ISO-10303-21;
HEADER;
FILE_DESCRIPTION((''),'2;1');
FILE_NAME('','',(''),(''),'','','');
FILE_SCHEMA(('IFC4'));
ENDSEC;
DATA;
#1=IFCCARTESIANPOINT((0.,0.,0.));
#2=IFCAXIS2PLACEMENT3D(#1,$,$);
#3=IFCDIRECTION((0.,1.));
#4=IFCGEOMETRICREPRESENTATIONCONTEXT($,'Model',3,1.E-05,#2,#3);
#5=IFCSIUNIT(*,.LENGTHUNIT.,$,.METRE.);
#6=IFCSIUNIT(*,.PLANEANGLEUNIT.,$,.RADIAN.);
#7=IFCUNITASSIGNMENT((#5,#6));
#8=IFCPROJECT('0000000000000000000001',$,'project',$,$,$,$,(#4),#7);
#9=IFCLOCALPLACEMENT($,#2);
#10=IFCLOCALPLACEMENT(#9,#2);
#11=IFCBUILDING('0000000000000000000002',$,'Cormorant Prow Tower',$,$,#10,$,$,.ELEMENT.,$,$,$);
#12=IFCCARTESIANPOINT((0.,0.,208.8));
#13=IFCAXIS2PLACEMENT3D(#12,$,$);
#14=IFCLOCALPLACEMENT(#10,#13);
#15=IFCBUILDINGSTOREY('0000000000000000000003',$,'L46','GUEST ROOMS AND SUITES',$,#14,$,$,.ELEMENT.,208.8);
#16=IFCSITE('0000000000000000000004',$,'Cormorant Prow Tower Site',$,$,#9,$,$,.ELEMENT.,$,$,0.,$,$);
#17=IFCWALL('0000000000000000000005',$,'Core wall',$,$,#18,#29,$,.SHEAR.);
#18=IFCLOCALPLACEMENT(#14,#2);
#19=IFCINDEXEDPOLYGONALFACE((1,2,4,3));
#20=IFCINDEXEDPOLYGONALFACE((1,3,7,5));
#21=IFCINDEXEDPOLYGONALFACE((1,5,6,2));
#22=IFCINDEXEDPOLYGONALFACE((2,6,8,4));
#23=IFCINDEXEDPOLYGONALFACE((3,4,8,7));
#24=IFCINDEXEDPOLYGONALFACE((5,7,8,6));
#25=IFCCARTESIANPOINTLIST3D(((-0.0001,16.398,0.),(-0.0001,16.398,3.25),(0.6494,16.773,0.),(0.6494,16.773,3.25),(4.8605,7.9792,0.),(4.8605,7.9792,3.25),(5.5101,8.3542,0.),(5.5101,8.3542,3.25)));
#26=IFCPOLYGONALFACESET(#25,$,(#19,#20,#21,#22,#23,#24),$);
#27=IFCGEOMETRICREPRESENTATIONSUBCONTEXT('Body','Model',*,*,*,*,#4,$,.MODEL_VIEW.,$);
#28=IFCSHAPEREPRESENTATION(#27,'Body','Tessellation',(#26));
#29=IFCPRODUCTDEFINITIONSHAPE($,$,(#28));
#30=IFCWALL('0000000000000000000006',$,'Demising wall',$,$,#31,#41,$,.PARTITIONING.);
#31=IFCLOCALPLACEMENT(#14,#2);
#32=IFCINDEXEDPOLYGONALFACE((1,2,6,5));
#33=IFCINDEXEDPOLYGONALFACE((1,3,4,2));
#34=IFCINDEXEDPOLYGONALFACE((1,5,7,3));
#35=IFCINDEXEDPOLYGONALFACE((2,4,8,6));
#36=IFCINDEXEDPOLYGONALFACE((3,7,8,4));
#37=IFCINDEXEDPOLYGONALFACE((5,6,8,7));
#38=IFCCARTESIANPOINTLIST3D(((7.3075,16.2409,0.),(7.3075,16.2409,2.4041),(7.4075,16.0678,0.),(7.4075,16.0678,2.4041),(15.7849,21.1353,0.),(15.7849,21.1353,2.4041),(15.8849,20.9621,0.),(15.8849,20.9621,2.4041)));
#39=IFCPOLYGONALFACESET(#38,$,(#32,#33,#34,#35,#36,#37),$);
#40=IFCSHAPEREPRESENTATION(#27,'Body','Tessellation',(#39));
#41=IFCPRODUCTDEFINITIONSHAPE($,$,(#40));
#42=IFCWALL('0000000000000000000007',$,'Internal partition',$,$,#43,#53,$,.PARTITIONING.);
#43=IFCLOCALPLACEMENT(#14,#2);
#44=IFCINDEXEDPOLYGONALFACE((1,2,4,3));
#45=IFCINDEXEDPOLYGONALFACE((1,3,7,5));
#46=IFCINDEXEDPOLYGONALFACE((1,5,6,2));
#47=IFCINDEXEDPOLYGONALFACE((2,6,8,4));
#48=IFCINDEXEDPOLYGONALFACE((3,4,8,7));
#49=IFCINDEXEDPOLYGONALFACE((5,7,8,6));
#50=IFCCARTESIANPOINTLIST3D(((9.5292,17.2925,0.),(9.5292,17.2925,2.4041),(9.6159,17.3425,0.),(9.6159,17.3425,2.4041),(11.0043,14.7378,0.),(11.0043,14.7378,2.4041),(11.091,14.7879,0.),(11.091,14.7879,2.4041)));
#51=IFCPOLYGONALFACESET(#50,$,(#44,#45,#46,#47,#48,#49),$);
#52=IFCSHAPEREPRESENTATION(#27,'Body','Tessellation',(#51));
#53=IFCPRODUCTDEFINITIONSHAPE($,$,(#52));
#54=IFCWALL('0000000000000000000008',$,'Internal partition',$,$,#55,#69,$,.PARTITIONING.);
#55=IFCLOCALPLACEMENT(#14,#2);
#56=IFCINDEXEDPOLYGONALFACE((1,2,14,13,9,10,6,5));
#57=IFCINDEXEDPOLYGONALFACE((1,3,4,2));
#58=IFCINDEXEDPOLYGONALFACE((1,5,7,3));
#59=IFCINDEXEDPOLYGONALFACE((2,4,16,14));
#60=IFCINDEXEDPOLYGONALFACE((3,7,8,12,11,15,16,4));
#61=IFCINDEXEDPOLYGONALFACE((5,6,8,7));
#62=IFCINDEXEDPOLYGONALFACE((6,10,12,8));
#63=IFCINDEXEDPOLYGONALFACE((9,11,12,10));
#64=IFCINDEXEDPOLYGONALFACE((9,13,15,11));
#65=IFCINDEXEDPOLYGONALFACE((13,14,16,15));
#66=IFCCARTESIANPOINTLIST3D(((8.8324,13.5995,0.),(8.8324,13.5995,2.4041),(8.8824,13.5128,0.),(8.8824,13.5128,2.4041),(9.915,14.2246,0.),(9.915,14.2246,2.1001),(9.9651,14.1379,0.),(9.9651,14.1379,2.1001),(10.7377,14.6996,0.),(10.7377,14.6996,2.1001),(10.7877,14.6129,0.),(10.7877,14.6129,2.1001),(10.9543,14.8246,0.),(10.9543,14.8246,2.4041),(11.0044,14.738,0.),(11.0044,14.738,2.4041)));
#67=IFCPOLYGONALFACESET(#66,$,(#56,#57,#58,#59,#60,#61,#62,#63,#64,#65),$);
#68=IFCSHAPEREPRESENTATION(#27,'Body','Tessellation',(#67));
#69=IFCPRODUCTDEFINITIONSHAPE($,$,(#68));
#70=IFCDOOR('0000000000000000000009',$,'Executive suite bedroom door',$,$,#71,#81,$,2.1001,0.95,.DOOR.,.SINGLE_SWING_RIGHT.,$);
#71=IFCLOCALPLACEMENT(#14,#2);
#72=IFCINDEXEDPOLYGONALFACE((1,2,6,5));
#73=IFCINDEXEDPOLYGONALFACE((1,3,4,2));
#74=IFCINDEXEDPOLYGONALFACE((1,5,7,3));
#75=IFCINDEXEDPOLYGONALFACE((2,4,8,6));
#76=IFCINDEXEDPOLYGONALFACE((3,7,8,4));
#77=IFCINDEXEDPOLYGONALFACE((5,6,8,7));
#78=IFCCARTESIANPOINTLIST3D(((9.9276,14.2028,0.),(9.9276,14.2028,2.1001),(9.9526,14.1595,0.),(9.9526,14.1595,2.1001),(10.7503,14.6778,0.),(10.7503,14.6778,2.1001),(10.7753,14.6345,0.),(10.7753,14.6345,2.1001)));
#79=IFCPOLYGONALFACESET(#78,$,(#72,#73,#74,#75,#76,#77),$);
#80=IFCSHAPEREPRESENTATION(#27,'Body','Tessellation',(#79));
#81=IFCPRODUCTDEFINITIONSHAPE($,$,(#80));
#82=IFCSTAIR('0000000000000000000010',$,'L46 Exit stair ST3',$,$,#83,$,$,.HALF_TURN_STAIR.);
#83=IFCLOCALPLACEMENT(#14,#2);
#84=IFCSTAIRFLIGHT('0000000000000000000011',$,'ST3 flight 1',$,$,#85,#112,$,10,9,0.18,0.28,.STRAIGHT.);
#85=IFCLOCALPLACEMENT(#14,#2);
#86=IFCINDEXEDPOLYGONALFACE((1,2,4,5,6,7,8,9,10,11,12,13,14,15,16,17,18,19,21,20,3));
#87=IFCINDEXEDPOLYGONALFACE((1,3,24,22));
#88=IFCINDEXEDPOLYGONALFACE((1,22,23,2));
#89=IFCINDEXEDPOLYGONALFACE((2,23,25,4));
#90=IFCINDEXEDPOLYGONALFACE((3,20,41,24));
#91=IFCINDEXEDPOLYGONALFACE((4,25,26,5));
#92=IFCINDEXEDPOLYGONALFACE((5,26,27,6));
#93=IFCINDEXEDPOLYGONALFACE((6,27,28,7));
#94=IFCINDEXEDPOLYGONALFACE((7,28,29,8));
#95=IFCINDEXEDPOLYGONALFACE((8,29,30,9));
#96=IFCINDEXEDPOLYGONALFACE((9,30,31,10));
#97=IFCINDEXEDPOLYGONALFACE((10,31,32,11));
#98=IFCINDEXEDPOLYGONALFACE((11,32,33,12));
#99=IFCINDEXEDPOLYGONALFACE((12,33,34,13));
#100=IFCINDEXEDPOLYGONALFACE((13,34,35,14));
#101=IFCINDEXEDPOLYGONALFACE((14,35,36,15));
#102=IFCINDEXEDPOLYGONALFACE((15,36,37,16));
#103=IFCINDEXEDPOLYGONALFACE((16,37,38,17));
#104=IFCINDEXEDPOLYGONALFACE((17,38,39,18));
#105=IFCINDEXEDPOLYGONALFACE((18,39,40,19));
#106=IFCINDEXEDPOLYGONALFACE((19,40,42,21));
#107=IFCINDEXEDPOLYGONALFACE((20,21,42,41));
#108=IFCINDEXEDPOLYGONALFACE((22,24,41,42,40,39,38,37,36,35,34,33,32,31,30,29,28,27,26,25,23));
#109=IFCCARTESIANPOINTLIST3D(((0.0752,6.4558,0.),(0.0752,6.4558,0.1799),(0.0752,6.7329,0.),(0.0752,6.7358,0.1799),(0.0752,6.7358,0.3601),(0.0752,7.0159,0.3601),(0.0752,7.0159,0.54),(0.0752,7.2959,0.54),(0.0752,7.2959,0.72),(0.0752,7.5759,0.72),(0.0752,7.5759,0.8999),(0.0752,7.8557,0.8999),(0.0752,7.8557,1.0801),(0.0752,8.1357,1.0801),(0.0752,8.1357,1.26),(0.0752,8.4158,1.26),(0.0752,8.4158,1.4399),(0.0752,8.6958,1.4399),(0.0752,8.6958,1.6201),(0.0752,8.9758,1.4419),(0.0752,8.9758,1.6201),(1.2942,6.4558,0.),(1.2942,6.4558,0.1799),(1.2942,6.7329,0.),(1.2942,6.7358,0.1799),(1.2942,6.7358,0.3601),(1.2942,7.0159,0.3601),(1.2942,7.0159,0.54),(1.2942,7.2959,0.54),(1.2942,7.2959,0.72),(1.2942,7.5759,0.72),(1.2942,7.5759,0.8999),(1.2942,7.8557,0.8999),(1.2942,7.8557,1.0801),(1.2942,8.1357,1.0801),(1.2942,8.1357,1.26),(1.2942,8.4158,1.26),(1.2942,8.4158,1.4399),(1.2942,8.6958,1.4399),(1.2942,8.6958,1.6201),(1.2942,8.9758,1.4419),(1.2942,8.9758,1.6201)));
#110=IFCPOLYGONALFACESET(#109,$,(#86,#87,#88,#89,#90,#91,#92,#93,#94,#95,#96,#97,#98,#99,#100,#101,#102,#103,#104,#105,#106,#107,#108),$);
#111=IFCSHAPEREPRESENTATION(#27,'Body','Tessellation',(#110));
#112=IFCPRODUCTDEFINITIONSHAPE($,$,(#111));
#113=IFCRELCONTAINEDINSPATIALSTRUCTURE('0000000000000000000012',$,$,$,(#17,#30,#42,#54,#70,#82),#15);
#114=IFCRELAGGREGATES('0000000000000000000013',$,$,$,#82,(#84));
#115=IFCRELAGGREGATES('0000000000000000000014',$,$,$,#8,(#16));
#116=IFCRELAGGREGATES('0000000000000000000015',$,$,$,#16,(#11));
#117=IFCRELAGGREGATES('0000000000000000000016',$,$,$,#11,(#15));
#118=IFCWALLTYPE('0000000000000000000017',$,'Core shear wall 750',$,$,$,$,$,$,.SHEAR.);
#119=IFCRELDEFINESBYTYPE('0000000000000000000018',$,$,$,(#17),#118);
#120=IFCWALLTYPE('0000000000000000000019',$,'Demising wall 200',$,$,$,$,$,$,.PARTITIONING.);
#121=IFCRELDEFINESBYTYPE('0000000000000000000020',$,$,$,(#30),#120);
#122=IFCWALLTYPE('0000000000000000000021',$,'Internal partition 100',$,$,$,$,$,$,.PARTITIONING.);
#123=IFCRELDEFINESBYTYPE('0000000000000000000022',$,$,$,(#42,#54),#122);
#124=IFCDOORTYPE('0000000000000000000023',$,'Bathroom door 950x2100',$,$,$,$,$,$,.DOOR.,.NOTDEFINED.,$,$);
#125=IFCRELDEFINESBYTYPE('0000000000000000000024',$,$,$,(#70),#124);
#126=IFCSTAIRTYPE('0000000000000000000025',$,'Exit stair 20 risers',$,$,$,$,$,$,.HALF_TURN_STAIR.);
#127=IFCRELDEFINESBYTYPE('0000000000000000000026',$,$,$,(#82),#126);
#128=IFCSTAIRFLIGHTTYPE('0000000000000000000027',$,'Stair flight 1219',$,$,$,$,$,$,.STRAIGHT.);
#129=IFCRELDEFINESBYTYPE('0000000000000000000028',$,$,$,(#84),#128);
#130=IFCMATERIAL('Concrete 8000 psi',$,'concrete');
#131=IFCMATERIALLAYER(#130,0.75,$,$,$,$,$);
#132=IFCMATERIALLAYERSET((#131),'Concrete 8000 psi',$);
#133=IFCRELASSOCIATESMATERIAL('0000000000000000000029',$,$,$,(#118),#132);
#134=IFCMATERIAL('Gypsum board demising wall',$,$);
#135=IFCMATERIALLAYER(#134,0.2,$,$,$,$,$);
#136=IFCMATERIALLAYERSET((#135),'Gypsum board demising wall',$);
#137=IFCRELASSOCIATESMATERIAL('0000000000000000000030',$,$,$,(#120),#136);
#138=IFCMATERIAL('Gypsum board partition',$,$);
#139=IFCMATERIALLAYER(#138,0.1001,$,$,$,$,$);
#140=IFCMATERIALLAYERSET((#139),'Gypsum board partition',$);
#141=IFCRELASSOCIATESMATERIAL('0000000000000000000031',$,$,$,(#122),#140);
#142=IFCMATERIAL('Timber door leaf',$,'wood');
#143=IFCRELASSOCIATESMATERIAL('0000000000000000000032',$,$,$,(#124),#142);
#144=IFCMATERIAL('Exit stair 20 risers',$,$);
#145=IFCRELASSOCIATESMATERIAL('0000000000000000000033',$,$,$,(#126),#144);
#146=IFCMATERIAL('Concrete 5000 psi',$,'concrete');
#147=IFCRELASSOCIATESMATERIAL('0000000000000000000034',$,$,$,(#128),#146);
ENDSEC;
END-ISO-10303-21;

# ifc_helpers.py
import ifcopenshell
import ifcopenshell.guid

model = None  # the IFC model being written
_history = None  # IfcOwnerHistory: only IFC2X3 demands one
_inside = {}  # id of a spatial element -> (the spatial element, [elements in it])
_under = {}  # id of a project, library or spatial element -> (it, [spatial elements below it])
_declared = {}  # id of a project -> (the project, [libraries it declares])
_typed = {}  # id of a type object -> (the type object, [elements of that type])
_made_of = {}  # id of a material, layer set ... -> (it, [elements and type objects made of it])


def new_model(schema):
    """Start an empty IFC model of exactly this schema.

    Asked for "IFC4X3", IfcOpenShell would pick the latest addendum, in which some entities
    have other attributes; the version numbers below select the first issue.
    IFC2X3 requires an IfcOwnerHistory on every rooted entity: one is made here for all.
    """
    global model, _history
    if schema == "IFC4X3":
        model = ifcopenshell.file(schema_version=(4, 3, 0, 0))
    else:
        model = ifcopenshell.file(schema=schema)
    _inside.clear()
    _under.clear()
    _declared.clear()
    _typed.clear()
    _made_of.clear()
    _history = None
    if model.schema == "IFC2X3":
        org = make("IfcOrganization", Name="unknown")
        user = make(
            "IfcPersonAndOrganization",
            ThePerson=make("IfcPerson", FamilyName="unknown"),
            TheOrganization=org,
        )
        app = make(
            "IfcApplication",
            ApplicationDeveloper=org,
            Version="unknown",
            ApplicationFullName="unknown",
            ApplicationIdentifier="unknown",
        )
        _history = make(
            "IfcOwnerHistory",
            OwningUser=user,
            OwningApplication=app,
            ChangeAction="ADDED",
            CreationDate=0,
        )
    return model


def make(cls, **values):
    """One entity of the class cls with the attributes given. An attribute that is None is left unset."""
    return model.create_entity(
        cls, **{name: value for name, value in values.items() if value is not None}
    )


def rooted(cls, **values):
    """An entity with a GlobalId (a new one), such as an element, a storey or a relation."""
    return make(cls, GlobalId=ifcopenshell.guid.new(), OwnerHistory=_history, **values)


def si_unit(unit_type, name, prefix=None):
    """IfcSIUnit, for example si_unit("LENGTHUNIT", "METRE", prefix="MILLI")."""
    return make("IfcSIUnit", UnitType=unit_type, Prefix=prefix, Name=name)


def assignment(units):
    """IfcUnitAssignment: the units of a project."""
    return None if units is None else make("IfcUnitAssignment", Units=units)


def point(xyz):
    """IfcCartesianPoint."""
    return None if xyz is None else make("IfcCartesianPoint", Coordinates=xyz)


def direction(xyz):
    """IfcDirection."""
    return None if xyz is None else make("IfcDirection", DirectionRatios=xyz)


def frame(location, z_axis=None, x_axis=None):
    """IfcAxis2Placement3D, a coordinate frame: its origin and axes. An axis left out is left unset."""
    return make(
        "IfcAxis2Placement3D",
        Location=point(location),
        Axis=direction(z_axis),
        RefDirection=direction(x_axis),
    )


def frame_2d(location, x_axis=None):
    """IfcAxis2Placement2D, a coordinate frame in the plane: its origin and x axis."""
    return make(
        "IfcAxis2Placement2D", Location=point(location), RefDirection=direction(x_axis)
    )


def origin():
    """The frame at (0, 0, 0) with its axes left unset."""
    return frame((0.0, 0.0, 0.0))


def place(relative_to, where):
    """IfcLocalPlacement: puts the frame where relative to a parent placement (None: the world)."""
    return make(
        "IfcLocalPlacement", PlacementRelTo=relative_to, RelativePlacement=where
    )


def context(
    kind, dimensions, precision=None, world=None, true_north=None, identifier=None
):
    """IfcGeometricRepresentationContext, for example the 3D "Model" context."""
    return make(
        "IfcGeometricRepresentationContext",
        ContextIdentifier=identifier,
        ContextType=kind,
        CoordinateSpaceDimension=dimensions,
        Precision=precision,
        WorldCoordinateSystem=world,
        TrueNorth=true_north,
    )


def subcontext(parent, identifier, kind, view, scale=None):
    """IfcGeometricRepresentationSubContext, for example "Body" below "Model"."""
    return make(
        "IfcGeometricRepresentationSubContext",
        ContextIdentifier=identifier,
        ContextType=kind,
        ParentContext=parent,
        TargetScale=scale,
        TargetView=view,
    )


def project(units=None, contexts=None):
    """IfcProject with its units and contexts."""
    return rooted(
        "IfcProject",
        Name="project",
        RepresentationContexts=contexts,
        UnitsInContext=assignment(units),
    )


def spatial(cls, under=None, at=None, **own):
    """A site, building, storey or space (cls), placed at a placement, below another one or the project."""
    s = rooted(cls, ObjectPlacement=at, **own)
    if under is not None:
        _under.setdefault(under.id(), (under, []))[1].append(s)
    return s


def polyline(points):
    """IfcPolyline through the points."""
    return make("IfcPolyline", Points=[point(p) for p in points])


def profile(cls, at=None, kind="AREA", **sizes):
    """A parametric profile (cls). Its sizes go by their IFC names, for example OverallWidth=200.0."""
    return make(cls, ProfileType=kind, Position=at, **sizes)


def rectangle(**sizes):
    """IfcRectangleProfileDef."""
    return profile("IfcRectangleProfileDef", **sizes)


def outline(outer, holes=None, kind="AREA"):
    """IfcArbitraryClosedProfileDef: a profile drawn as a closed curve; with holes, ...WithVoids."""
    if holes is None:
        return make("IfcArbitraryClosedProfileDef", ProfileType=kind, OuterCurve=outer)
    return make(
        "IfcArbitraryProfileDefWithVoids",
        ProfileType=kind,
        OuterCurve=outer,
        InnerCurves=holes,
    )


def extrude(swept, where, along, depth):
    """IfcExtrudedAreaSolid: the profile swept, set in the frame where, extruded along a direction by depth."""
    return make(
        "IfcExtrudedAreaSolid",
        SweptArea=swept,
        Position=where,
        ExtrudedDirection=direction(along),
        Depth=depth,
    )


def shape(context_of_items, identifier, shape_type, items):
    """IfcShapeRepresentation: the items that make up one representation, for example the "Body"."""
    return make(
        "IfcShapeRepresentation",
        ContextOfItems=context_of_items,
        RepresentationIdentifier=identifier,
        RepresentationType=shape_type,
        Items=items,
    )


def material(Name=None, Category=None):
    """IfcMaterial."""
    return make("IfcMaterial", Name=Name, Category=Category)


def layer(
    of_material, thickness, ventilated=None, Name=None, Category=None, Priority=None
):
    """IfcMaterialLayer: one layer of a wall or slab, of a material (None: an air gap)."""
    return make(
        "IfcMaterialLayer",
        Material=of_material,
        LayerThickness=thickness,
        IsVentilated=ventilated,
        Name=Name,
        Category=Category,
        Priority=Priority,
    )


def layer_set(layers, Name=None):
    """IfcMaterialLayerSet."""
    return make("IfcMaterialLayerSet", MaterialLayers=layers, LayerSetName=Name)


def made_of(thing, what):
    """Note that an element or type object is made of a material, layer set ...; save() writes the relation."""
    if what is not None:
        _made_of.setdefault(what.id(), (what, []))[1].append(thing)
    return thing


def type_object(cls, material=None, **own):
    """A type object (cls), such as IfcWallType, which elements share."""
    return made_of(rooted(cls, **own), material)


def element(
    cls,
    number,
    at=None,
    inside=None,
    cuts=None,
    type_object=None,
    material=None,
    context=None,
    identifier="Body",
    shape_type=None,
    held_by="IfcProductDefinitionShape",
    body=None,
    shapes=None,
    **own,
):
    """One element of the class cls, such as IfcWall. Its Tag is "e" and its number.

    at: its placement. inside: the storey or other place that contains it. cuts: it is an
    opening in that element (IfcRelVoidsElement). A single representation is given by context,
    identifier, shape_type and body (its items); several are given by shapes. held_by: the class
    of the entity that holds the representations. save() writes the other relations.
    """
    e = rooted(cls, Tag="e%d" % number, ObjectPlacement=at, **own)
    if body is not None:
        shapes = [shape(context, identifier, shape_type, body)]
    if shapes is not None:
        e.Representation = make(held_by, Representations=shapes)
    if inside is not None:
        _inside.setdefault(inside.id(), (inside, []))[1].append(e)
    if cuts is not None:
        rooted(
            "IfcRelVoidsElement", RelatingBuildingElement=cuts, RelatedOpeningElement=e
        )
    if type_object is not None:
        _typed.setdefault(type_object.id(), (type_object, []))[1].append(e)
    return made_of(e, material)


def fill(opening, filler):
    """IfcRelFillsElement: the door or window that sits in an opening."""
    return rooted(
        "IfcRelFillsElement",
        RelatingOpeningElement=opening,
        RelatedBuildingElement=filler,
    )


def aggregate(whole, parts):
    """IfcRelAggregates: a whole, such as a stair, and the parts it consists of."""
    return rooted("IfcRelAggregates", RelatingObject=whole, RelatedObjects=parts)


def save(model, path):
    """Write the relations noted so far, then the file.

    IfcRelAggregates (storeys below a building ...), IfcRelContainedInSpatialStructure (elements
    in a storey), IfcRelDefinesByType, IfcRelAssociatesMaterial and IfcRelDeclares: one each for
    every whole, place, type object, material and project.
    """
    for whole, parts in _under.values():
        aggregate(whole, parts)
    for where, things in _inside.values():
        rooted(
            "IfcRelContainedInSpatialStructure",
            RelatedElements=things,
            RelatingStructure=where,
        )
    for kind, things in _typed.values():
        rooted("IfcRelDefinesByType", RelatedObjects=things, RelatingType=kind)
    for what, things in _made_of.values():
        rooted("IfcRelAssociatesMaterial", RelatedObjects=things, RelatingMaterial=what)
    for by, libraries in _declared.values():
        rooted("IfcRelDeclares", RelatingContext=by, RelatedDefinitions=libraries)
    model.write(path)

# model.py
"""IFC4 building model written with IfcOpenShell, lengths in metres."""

from ifc_helpers import new_model, si_unit, direction, frame, frame_2d, origin, place, context, subcontext, project, spatial, polyline, rectangle, outline, extrude, material, layer, layer_set, type_object, element, fill, aggregate, save


model = new_model("IFC4")

# Units and contexts
model_context = context("Model", 3, precision=1e-05, world=origin(), true_north=direction((0.0, 1.0)))
body_context = subcontext(model_context, "Body", "Model", "MODEL_VIEW")
ifc_project = project(units=[si_unit("LENGTHUNIT", "METRE"), si_unit("PLANEANGLEUNIT", "RADIAN")], contexts=[model_context])

# Site, building, storey
site_placement = place(None, origin())
site = spatial("IfcSite", under=ifc_project, at=site_placement, Name="Cormorant Prow Tower Site", CompositionType="ELEMENT", RefElevation=0.0)
building_placement = place(site_placement, origin())
building = spatial("IfcBuilding", under=site, at=building_placement, Name="Cormorant Prow Tower", CompositionType="ELEMENT")
storey_placement = place(building_placement, frame((0.0, 0.0, 208.8)))
storey = spatial("IfcBuildingStorey", under=building, at=storey_placement, Name="L46", Description="GUEST ROOMS AND SUITES", CompositionType="ELEMENT", Elevation=208.8)

# Walls
ifc_material_1 = material(Name="Concrete 8000 psi", Category="concrete")
ifc_layer_1 = layer(ifc_material_1, 0.75)
ifc_layer_set_1 = layer_set([ifc_layer_1], Name="Concrete 8000 psi")
wall_type_1 = type_object("IfcWallType", Name="Core shear wall 750", PredefinedType="SHEAR", material=ifc_layer_set_1)
wall_1_placement = place(storey_placement, frame((5.1853, 8.1667, 0.0), z_axis=(0.0, 0.0, 1.0), x_axis=(-0.500004, 0.866023, 0.0)))
element("IfcWall", 1, at=wall_1_placement, inside=storey, type_object=wall_type_1, Name="Core wall", PredefinedType="SHEAR", context=body_context, shape_type="SweptSolid", body=[
    extrude(rectangle(XDim=9.7212, YDim=0.75, at=frame_2d((4.8606, 0.0))), origin(), (0.0, 0.0, 1.0), 3.25),
])
ifc_material_2 = material(Name="Gypsum board demising wall")
ifc_layer_2 = layer(ifc_material_2, 0.2)
ifc_layer_set_2 = layer_set([ifc_layer_2], Name="Gypsum board demising wall")
wall_type_2 = type_object("IfcWallType", Name="Demising wall 200", PredefinedType="PARTITIONING", material=ifc_layer_set_2)
wall_2_placement = place(storey_placement, frame((7.3574, 16.1543, 0.0), z_axis=(0.0, 0.0, 1.0), x_axis=(0.866029, 0.499994, 0.0)))
element("IfcWall", 2, at=wall_2_placement, inside=storey, type_object=wall_type_2, Name="Demising wall", PredefinedType="PARTITIONING", context=body_context, shape_type="SweptSolid", body=[
    extrude(rectangle(XDim=9.7888, YDim=0.2, at=frame_2d((4.8945, 0.0))), origin(), (0.0, 0.0, 1.0), 2.4041),
])
ifc_material_3 = material(Name="Gypsum board partition")
ifc_layer_3 = layer(ifc_material_3, 0.1001)
ifc_layer_set_3 = layer_set([ifc_layer_3], Name="Gypsum board partition")
wall_type_3 = type_object("IfcWallType", Name="Internal partition 100", PredefinedType="PARTITIONING", material=ifc_layer_set_3)
wall_3_placement = place(storey_placement, frame((9.5725, 17.3176, 0.0), z_axis=(0.0, 0.0, 1.0), x_axis=(0.500038, -0.866004, 0.0)))
element("IfcWall", 3, at=wall_3_placement, inside=storey, type_object=wall_type_3, Name="Internal partition", PredefinedType="PARTITIONING", context=body_context, shape_type="SweptSolid", body=[
    extrude(rectangle(XDim=2.95, YDim=0.1001, at=frame_2d((1.4751, 0.0))), origin(), (0.0, 0.0, 1.0), 2.4041),
])

# Wall, opening, door
wall_4_placement = place(storey_placement, frame((8.8574, 13.5562, 0.0), z_axis=(0.0, 0.0, 1.0), x_axis=(0.866015, 0.500019, 0.0)))
wall_4 = element("IfcWall", 4, at=wall_4_placement, inside=storey, type_object=wall_type_3, Name="Internal partition", PredefinedType="PARTITIONING", context=body_context, shape_type="SweptSolid", body=[
    extrude(rectangle(XDim=2.4502, YDim=0.1001, at=frame_2d((1.2251, 0.0))), origin(), (0.0, 0.0, 1.0), 2.4041),
])
opening_1_placement = place(wall_4_placement, frame((1.25, 0.0, 0.0)))
opening_1 = element("IfcOpeningElement", 5, at=opening_1_placement, cuts=wall_4, PredefinedType="OPENING", context=body_context, shape_type="SweptSolid", body=[
    extrude(rectangle(XDim=0.95, YDim=2.1001, at=frame_2d((0.4751, 1.05))), frame((0.0, 0.0601, 0.0), z_axis=(0.0, -1.0, 0.0), x_axis=(1.0, 0.0, 0.0)), (0.0, 0.0, 1.0), 0.1201),
])
ifc_material_4 = material(Name="Timber door leaf", Category="wood")
door_type_1 = type_object("IfcDoorType", Name="Bathroom door 950x2100", OperationType="NOTDEFINED", PredefinedType="DOOR", material=ifc_material_4)
door_1_placement = place(opening_1_placement, origin())
door_1 = element("IfcDoor", 6, at=door_1_placement, inside=storey, type_object=door_type_1, Name="Executive suite bedroom door", OperationType="SINGLE_SWING_RIGHT", OverallHeight=2.1001, OverallWidth=0.95, PredefinedType="DOOR", context=body_context, shape_type="SweptSolid", body=[
    extrude(rectangle(XDim=0.95, YDim=2.1001, at=frame_2d((0.4751, 1.05))), frame((0.0, 0.0249, 0.0), z_axis=(0.0, -1.0, 0.0), x_axis=(1.0, 0.0, 0.0)), (0.0, 0.0, 1.0), 0.05),
])
fill(opening_1, door_1)

# Stair, stair flight
ifc_material_5 = material(Name="Exit stair 20 risers")
stair_type = type_object("IfcStairType", Name="Exit stair 20 risers", PredefinedType="HALF_TURN_STAIR", material=ifc_material_5)
stair_placement = place(storey_placement, origin())
stair = element("IfcStair", 7, at=stair_placement, inside=storey, type_object=stair_type, Name="L46 Exit stair ST3", PredefinedType="HALF_TURN_STAIR")
ifc_material_6 = material(Name="Concrete 5000 psi", Category="concrete")
stair_flight_type = type_object("IfcStairFlightType", Name="Stair flight 1219", PredefinedType="STRAIGHT", material=ifc_material_6)
stair_flight_placement = place(storey_placement, frame((0.6846, 6.4558, 0.0), z_axis=(0.0, 0.0, 1.0), x_axis=(0.0, 1.0, 0.0)))
stair_flight = element("IfcStairFlight", 8, at=stair_flight_placement, type_object=stair_flight_type, Name="ST3 flight 1", NumberOfRisers=10, NumberOfTreads=9, PredefinedType="STRAIGHT", RiserHeight=0.18, TreadLength=0.28, context=body_context, shape_type="SweptSolid", body=[
    extrude(outline(polyline([(0.0, 0.0), (0.0, 0.1799), (0.28, 0.1799), (0.28, 0.3601), (0.5601, 0.3601), (0.5601, 0.54), (0.8401, 0.54), (0.8401, 0.72), (1.1201, 0.72), (1.1201, 0.8999), (1.3999, 0.8999), (1.3999, 1.0801), (1.6799, 1.0801), (1.6799, 1.26), (1.96, 1.26), (1.96, 1.4399), (2.24, 1.4399), (2.24, 1.6201), (2.52, 1.6201), (2.52, 1.8), (2.52, 1.4419), (0.2771, 0.0), (0.0, 0.0)])), frame((0.0, 0.6094, 0.0), z_axis=(0.0, -1.0, 0.0), x_axis=(1.0, 0.0, 0.0)), (0.0, 0.0, 1.0), 1.219),
])
aggregate(stair, [stair_flight])

save(model, "model.ifc")
